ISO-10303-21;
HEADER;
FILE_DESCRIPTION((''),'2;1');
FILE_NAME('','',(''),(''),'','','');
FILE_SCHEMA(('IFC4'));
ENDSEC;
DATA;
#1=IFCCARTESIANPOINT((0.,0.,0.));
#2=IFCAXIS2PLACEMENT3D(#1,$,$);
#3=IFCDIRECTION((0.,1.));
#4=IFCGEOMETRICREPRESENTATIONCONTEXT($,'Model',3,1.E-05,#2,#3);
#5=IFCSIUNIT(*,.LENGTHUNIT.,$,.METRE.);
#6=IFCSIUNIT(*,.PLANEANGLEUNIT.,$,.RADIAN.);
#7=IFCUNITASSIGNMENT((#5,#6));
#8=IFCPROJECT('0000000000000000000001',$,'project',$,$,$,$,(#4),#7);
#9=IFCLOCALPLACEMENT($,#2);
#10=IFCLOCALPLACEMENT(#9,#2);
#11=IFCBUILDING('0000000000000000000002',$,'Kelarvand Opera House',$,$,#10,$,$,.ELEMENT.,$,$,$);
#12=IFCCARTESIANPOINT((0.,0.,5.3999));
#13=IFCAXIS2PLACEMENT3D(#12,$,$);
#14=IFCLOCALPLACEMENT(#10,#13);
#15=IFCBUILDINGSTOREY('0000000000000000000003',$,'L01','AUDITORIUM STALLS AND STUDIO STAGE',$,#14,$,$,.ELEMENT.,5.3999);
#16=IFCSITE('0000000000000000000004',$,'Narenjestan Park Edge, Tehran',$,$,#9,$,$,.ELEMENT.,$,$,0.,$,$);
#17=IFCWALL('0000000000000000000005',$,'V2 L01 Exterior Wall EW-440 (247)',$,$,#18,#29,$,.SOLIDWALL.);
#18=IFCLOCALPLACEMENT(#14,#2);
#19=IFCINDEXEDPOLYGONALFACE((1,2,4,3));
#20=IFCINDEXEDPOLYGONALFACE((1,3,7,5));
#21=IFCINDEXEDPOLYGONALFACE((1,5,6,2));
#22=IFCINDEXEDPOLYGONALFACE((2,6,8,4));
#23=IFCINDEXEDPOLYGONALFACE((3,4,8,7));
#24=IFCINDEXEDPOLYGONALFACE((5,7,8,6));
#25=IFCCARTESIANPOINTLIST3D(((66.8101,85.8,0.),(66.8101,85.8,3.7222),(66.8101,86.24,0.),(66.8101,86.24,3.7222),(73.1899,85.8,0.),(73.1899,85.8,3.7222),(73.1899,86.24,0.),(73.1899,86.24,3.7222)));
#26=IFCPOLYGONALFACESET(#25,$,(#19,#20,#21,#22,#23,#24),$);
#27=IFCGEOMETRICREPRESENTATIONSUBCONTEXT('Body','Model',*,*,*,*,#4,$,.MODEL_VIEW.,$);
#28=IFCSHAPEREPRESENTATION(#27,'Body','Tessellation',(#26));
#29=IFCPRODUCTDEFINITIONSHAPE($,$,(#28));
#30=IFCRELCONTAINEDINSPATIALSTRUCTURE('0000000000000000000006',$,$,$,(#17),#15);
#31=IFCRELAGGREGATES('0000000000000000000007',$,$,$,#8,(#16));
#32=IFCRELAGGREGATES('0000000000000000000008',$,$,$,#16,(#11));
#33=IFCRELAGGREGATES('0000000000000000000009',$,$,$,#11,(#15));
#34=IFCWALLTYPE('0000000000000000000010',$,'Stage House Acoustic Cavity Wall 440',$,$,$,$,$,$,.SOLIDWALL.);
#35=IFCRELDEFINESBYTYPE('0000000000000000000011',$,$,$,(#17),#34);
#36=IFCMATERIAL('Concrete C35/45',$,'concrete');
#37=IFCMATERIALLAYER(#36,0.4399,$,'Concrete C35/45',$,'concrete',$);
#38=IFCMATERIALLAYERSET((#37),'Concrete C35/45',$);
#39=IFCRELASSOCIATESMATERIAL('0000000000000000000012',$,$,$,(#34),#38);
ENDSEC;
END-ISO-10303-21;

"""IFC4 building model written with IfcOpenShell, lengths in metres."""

from ifc_helpers import new_model, si_unit, direction, frame, frame_2d, origin, place, context, subcontext, project, spatial, rectangle, extrude, material, layer, layer_set, type_object, element, save


model = new_model("IFC4")

# Units and contexts
model_context = context("Model", 3, precision=1e-05, world=origin(), true_north=direction((0.0, 1.0)))
body_context = subcontext(model_context, "Body", "Model", "MODEL_VIEW")
ifc_project = project(units=[si_unit("LENGTHUNIT", "METRE"), si_unit("PLANEANGLEUNIT", "RADIAN")], contexts=[model_context])

# Site, building, storey
site_placement = place(None, origin())
site = spatial("IfcSite", under=ifc_project, at=site_placement, Name="Narenjestan Park Edge, Tehran", CompositionType="ELEMENT", RefElevation=0.0)
building_placement = place(site_placement, origin())
building = spatial("IfcBuilding", under=site, at=building_placement, Name="Kelarvand Opera House", CompositionType="ELEMENT")
storey_placement = place(building_placement, frame((0.0, 0.0, 5.3999)))
storey = spatial("IfcBuildingStorey", under=building, at=storey_placement, Name="L01", Description="AUDITORIUM STALLS AND STUDIO STAGE", CompositionType="ELEMENT", Elevation=5.3999)

# Shared definitions
ifc_material_1 = material(Name="Concrete C35/45", Category="concrete")

# Wall
ifc_layer_1 = layer(ifc_material_1, 0.4399, Name="Concrete C35/45", Category="concrete")
ifc_layer_set_1 = layer_set([ifc_layer_1], Name="Concrete C35/45")
wall_type = type_object("IfcWallType", Name="Stage House Acoustic Cavity Wall 440", PredefinedType="SOLIDWALL", material=ifc_layer_set_1)
wall_placement = place(storey_placement, frame((66.8101, 86.02, 0.0), z_axis=(0.0, 0.0, 1.0), x_axis=(1.0, 0.0, 0.0)))
element("IfcWall", 1, at=wall_placement, inside=storey, type_object=wall_type, Name="V2 L01 Exterior Wall EW-440 (247)", PredefinedType="SOLIDWALL", context=body_context, shape_type="SweptSolid", body=[
    extrude(rectangle(XDim=6.3799, YDim=0.4399, at=frame_2d((3.1899, 0.0))), origin(), (0.0, 0.0, 1.0), 3.7222),
])

save(model, "model.ifc")
